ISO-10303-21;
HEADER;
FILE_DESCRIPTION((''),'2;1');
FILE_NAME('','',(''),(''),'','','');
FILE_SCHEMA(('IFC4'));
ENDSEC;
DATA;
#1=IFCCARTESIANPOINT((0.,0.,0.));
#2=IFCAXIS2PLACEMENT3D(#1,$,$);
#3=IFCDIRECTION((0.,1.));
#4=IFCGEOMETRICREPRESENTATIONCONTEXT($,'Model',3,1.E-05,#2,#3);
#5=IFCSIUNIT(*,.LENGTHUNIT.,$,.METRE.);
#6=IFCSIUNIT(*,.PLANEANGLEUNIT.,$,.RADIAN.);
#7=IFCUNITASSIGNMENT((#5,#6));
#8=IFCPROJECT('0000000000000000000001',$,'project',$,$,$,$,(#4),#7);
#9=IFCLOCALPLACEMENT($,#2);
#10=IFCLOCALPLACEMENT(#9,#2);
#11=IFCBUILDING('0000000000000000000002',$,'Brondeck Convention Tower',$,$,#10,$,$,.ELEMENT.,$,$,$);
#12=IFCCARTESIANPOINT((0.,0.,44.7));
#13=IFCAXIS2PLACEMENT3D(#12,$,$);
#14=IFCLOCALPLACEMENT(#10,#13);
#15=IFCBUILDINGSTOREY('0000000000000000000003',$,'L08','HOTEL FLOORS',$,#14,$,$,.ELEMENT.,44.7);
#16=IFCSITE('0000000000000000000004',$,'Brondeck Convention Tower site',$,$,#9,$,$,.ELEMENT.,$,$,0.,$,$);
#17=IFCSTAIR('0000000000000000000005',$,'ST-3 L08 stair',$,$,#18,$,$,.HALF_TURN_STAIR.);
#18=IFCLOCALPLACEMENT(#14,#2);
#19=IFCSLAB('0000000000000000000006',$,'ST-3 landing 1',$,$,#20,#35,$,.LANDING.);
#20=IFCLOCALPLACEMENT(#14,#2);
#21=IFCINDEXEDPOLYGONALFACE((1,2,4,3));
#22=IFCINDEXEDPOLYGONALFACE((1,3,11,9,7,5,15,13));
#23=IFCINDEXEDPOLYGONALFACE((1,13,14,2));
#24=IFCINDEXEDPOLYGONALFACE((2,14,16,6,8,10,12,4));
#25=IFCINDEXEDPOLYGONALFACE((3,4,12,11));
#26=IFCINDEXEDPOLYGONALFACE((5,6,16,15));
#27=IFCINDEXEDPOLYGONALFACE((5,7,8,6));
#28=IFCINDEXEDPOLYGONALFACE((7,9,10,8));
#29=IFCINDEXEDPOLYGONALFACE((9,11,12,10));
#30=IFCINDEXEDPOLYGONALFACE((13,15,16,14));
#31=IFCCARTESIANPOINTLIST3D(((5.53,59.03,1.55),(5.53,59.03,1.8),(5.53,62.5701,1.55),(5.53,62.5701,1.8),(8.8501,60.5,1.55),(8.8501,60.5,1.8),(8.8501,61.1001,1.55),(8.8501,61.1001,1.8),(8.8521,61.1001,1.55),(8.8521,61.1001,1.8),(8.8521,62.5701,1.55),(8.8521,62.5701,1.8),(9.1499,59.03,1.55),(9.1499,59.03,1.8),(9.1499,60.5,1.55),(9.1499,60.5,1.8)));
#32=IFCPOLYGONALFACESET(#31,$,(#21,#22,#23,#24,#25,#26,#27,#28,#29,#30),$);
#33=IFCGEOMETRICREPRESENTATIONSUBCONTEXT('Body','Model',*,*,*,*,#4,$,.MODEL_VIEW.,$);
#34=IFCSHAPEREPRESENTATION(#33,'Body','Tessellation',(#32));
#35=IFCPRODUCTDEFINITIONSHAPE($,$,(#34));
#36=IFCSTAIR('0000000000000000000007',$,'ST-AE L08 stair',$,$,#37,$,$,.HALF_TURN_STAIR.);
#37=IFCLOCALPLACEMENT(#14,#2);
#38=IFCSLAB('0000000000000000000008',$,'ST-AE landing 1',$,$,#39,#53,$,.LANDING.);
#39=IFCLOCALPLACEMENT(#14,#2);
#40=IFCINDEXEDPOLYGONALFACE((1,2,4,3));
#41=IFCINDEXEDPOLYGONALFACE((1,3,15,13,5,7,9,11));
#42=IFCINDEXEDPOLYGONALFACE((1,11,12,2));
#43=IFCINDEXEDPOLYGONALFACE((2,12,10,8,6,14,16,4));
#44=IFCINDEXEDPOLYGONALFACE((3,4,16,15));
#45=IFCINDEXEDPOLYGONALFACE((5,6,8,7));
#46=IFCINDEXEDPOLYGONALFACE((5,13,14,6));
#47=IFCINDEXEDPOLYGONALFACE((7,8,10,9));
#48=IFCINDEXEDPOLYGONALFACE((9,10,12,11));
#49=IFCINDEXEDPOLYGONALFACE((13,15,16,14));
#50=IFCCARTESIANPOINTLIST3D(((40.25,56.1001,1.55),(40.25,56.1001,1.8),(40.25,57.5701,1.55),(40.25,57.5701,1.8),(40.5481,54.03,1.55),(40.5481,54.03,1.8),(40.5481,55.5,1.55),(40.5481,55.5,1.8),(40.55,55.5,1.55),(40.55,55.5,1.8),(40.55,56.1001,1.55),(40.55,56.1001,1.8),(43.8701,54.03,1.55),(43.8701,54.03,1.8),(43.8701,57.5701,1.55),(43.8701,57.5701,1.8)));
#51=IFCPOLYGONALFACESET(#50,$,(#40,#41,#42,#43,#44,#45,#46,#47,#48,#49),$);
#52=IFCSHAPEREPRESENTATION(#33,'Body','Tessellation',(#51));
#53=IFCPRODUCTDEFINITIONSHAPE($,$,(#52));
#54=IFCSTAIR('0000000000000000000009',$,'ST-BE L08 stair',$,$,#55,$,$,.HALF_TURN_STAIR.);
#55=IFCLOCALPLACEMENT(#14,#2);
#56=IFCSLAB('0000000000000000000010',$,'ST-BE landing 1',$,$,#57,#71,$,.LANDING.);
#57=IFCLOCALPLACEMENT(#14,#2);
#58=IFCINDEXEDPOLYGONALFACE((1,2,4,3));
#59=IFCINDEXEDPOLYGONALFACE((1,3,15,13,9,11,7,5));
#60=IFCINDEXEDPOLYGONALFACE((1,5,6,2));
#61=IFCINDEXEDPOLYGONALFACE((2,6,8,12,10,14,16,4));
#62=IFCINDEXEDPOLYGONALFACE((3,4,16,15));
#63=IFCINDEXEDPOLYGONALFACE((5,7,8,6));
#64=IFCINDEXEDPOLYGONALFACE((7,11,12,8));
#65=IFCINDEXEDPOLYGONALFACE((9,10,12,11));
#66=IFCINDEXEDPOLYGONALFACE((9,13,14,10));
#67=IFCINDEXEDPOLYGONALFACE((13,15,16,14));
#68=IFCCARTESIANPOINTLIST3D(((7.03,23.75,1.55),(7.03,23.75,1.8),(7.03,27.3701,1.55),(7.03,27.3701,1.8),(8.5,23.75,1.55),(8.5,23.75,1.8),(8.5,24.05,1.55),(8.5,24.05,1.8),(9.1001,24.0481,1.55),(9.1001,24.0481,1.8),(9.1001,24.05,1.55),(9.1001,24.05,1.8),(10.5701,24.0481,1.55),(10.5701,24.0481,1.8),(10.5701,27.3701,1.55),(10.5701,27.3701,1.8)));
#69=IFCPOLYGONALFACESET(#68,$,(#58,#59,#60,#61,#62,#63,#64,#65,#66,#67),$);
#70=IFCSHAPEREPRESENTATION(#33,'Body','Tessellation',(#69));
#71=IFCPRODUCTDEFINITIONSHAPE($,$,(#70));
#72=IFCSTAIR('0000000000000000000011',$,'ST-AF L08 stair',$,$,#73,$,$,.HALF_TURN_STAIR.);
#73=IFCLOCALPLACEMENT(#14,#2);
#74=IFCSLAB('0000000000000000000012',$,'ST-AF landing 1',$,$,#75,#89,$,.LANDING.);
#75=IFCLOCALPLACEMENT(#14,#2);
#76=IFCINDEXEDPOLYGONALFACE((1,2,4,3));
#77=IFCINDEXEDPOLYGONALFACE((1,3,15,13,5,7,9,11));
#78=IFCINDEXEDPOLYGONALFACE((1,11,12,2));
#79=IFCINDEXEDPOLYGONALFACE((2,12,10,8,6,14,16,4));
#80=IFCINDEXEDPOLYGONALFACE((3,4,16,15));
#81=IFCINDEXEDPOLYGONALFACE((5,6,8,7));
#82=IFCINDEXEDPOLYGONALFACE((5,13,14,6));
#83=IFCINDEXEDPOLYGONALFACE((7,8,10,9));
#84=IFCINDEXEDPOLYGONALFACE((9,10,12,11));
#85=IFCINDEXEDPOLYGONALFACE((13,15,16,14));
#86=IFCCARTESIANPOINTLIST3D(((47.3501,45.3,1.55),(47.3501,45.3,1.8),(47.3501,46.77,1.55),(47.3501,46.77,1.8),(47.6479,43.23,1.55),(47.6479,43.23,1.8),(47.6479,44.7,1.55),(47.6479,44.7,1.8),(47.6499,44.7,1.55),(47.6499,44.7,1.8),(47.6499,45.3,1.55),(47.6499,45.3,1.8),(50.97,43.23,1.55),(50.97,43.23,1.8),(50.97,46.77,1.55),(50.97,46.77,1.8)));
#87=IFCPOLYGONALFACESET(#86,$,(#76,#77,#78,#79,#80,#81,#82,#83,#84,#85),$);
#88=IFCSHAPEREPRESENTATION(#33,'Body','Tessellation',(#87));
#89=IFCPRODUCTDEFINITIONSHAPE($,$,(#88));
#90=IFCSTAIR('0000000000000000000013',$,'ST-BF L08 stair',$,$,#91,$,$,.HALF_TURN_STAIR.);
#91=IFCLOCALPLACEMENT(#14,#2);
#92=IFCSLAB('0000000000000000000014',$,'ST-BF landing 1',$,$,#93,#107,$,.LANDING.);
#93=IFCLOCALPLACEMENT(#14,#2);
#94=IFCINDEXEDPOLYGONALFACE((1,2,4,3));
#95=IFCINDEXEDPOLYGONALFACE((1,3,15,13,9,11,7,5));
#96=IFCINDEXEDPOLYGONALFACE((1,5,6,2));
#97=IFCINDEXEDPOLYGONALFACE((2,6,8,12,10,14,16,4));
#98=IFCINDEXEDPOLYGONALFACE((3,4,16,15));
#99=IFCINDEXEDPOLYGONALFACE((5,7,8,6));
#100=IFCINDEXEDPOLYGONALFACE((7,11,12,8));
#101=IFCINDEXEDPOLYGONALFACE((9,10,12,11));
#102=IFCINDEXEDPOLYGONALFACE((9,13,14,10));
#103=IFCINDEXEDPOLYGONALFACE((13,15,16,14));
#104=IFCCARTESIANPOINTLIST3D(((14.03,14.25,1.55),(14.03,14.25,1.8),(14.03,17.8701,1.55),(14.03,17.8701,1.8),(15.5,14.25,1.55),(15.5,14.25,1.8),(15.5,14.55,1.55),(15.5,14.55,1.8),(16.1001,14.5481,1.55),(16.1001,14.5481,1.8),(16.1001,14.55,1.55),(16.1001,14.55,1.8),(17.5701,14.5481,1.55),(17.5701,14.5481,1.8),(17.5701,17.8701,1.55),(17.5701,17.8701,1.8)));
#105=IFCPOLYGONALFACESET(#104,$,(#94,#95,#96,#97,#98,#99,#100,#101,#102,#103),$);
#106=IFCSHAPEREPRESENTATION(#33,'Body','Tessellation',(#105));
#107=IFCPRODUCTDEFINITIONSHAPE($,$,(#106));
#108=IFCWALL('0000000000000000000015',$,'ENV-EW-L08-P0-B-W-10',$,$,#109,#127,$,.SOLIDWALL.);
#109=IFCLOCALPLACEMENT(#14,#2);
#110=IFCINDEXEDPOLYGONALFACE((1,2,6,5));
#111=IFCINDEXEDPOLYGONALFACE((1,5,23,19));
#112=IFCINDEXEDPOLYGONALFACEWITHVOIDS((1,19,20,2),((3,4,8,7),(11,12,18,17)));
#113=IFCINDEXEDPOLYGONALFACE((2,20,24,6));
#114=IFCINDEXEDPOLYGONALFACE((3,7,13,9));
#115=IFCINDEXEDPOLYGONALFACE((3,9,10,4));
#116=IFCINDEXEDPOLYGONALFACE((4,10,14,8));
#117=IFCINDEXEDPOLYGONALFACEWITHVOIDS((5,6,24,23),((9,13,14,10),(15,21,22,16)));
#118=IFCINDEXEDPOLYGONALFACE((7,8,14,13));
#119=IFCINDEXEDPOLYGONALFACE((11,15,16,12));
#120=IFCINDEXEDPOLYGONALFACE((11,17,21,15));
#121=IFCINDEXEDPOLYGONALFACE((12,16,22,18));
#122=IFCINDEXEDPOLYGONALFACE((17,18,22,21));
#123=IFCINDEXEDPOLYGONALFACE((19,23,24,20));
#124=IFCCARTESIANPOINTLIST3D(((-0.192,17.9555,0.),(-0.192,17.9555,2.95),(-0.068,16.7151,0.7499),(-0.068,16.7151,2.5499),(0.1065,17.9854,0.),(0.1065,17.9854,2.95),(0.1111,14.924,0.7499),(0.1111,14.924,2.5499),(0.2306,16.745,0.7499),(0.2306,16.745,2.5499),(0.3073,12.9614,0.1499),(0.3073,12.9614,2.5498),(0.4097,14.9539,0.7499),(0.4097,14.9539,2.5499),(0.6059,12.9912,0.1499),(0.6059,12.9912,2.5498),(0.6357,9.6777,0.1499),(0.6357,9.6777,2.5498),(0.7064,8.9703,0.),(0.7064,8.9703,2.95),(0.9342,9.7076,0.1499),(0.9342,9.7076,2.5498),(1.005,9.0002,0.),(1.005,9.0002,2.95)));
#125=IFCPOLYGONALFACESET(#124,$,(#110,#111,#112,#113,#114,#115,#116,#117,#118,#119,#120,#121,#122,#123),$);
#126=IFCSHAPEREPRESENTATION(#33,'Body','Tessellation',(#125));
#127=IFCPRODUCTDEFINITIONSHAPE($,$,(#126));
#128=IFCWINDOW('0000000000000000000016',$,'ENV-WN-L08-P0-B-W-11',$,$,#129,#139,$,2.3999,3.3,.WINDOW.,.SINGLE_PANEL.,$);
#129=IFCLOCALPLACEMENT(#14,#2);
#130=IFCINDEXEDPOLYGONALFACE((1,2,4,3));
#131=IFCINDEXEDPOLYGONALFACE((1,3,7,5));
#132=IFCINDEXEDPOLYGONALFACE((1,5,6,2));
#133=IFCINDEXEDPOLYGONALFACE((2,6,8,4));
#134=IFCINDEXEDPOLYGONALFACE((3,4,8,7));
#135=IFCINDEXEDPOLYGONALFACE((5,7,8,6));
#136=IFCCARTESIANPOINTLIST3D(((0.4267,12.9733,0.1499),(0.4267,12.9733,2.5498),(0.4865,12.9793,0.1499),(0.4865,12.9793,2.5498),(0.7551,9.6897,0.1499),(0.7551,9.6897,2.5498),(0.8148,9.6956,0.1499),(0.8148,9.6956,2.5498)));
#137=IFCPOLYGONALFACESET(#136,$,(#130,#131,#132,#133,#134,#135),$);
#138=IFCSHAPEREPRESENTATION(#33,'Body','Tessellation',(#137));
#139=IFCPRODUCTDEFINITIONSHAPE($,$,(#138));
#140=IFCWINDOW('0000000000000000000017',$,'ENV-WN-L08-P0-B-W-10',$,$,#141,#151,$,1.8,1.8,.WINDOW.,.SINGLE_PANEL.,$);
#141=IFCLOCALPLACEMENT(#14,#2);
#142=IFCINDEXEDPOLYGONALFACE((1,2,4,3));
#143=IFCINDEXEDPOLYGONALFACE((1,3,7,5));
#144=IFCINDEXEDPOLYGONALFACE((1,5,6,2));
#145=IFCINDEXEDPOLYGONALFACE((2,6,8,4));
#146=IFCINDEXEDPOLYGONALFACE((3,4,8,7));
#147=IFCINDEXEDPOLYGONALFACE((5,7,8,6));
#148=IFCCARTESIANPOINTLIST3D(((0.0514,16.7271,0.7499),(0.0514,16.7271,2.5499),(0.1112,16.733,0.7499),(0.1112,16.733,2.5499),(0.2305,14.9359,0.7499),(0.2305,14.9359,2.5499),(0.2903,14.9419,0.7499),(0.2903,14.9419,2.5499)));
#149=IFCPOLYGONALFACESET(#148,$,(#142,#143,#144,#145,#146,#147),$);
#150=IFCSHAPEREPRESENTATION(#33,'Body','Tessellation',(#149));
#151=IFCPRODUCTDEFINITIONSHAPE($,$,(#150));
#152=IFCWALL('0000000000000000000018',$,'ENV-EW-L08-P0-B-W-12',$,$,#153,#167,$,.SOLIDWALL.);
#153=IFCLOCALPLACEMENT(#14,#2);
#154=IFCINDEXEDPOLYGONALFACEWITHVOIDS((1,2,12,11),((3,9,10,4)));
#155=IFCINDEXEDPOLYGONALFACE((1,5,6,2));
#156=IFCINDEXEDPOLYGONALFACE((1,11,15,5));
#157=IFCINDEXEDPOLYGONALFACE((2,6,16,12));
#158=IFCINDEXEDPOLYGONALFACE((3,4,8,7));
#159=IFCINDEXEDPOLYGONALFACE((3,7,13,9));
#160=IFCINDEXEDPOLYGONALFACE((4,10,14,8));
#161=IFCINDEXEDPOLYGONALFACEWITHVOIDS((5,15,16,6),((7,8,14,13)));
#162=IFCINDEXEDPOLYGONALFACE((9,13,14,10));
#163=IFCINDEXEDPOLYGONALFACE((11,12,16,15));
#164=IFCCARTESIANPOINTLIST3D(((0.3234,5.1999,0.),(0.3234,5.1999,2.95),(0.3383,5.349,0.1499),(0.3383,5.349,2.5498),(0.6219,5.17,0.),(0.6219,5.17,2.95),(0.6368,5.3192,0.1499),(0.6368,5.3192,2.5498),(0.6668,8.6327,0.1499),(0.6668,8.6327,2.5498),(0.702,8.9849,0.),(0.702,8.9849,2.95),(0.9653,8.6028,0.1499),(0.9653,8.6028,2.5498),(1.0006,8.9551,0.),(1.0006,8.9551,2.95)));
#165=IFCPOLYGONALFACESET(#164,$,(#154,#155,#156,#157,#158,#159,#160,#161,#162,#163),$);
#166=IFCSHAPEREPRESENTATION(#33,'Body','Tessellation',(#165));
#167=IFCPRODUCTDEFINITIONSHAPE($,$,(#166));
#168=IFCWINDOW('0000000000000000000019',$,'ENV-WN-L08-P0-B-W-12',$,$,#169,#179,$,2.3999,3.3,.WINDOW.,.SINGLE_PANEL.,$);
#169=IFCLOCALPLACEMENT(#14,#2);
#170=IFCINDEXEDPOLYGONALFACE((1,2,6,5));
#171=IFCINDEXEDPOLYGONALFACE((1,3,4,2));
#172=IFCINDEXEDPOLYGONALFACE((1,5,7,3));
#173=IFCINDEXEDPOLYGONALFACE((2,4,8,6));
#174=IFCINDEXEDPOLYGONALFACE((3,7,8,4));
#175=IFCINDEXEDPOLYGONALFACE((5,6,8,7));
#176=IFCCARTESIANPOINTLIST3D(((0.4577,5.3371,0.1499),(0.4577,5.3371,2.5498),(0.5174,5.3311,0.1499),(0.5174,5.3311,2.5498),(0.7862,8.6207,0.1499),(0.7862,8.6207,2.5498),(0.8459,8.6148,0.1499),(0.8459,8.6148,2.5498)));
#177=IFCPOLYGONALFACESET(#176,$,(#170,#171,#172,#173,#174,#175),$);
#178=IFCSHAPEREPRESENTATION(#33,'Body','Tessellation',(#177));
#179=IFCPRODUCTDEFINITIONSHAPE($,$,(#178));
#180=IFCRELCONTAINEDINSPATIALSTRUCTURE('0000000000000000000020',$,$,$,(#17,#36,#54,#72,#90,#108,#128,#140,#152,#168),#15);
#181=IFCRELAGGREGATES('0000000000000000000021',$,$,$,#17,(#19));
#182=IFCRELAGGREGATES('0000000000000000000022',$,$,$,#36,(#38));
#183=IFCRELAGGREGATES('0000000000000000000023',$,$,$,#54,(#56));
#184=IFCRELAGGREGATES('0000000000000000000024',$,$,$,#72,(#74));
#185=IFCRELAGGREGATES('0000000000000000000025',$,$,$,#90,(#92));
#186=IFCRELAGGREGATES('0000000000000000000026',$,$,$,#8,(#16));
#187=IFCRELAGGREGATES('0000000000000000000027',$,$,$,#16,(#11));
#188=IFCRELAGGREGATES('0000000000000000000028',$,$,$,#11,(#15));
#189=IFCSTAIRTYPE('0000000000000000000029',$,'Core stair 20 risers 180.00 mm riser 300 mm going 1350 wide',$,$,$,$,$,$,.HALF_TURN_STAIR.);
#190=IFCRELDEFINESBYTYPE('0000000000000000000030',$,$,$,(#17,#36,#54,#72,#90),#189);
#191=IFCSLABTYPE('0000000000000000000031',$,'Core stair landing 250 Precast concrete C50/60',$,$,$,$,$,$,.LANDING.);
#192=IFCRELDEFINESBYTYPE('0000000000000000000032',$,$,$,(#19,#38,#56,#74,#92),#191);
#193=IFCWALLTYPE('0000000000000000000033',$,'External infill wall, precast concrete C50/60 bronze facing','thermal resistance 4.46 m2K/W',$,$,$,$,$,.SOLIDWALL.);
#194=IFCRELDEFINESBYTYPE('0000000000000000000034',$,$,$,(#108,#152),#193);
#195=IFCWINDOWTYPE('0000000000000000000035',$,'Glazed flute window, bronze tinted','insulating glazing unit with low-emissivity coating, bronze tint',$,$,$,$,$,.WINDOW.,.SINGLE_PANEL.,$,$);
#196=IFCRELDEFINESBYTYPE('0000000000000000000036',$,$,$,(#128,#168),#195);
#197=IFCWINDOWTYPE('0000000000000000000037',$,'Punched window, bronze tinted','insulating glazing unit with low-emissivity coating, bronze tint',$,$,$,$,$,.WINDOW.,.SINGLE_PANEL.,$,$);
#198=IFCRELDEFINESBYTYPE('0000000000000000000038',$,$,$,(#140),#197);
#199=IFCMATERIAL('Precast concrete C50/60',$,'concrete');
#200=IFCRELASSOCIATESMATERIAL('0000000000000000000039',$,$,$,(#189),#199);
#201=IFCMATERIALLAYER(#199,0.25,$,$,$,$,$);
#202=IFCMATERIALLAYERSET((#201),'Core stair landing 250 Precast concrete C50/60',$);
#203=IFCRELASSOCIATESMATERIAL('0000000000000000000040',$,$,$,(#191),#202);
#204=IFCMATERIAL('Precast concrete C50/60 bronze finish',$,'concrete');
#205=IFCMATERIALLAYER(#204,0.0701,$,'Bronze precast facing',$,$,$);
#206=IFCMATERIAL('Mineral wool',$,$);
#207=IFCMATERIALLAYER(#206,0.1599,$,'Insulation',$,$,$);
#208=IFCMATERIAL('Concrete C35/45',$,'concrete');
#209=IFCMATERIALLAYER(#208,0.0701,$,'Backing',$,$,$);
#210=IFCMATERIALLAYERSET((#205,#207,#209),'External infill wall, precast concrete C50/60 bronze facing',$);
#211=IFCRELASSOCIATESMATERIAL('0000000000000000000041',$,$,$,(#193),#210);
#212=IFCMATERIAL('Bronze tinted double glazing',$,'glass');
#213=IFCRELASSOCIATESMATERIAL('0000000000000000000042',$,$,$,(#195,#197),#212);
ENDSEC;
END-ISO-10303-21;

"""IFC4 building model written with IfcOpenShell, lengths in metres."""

from ifc_helpers import new_model, si_unit, direction, frame, frame_2d, origin, place, context, subcontext, project, spatial, polyline, rectangle, outline, extrude, material, layer, layer_set, type_object, element, fill, aggregate, save


model = new_model("IFC4")

# Units and contexts
model_context = context("Model", 3, precision=1e-05, world=origin(), true_north=direction((0.0, 1.0)))
body_context = subcontext(model_context, "Body", "Model", "MODEL_VIEW")
ifc_project = project(units=[si_unit("LENGTHUNIT", "METRE"), si_unit("PLANEANGLEUNIT", "RADIAN")], contexts=[model_context])

# Site, building, storey
site_placement = place(None, origin())
site = spatial("IfcSite", under=ifc_project, at=site_placement, Name="Brondeck Convention Tower site", CompositionType="ELEMENT", RefElevation=0.0)
building_placement = place(site_placement, origin())
building = spatial("IfcBuilding", under=site, at=building_placement, Name="Brondeck Convention Tower", CompositionType="ELEMENT")
storey_placement = place(building_placement, frame((0.0, 0.0, 44.7)))
storey = spatial("IfcBuildingStorey", under=building, at=storey_placement, Name="L08", Description="HOTEL FLOORS", CompositionType="ELEMENT", Elevation=44.7)

# Shared definitions
ifc_material_1 = material(Name="Concrete C35/45", Category="concrete")

# Stairs, slabs
ifc_material_2 = material(Name="Precast concrete C50/60", Category="concrete")
stair_type = type_object("IfcStairType", Name="Core stair 20 risers 180.00 mm riser 300 mm going 1350 wide", PredefinedType="HALF_TURN_STAIR", material=ifc_material_2)
ifc_layer_1 = layer(ifc_material_2, 0.25)
ifc_layer_set_1 = layer_set([ifc_layer_1], Name="Core stair landing 250 Precast concrete C50/60")
slab_type_1 = type_object("IfcSlabType", Name="Core stair landing 250 Precast concrete C50/60", PredefinedType="LANDING", material=ifc_layer_set_1)
stair_1_placement = place(storey_placement, origin())
stair_1 = element("IfcStair", 1, at=stair_1_placement, inside=storey, type_object=stair_type, Name="ST-3 L08 stair", PredefinedType="HALF_TURN_STAIR")
slab_1_placement = place(storey_placement, frame((0.0, 0.0, 1.55)))
slab_1 = element("IfcSlab", 2, at=slab_1_placement, type_object=slab_type_1, Name="ST-3 landing 1", PredefinedType="LANDING", context=body_context, shape_type="SweptSolid", body=[
    extrude(outline(polyline([(9.1499, 60.5), (9.1499, 59.03), (5.53, 59.03), (5.53, 62.5701), (8.8521, 62.5701), (8.8521, 61.1001), (8.8501, 61.1001), (8.8501, 60.5), (9.1499, 60.5)])), origin(), (0.0, 0.0, 1.0), 0.25),
])
aggregate(stair_1, [slab_1])
stair_2_placement = place(storey_placement, origin())
stair_2 = element("IfcStair", 3, at=stair_2_placement, inside=storey, type_object=stair_type, Name="ST-AE L08 stair", PredefinedType="HALF_TURN_STAIR")
slab_2_placement = place(storey_placement, frame((0.0, 0.0, 1.55)))
slab_2 = element("IfcSlab", 4, at=slab_2_placement, type_object=slab_type_1, Name="ST-AE landing 1", PredefinedType="LANDING", context=body_context, shape_type="SweptSolid", body=[
    extrude(outline(polyline([(40.5481, 55.5), (40.55, 55.5), (40.55, 56.1001), (40.25, 56.1001), (40.25, 57.5701), (43.8701, 57.5701), (43.8701, 54.03), (40.5481, 54.03), (40.5481, 55.5)])), origin(), (0.0, 0.0, 1.0), 0.25),
])
aggregate(stair_2, [slab_2])
stair_3_placement = place(storey_placement, origin())
stair_3 = element("IfcStair", 5, at=stair_3_placement, inside=storey, type_object=stair_type, Name="ST-BE L08 stair", PredefinedType="HALF_TURN_STAIR")
slab_3_placement = place(storey_placement, frame((0.0, 0.0, 1.55)))
slab_3 = element("IfcSlab", 6, at=slab_3_placement, type_object=slab_type_1, Name="ST-BE landing 1", PredefinedType="LANDING", context=body_context, shape_type="SweptSolid", body=[
    extrude(outline(polyline([(7.03, 23.75), (7.03, 27.3701), (10.5701, 27.3701), (10.5701, 24.0481), (9.1001, 24.0481), (9.1001, 24.05), (8.5, 24.05), (8.5, 23.75), (7.03, 23.75)])), origin(), (0.0, 0.0, 1.0), 0.25),
])
aggregate(stair_3, [slab_3])
stair_4_placement = place(storey_placement, origin())
stair_4 = element("IfcStair", 7, at=stair_4_placement, inside=storey, type_object=stair_type, Name="ST-AF L08 stair", PredefinedType="HALF_TURN_STAIR")
slab_4_placement = place(storey_placement, frame((0.0, 0.0, 1.55)))
slab_4 = element("IfcSlab", 8, at=slab_4_placement, type_object=slab_type_1, Name="ST-AF landing 1", PredefinedType="LANDING", context=body_context, shape_type="SweptSolid", body=[
    extrude(outline(polyline([(47.6479, 44.7), (47.6499, 44.7), (47.6499, 45.3), (47.3501, 45.3), (47.3501, 46.77), (50.97, 46.77), (50.97, 43.23), (47.6479, 43.23), (47.6479, 44.7)])), origin(), (0.0, 0.0, 1.0), 0.25),
])
aggregate(stair_4, [slab_4])
stair_5_placement = place(storey_placement, origin())
stair_5 = element("IfcStair", 9, at=stair_5_placement, inside=storey, type_object=stair_type, Name="ST-BF L08 stair", PredefinedType="HALF_TURN_STAIR")
slab_5_placement = place(storey_placement, frame((0.0, 0.0, 1.55)))
slab_5 = element("IfcSlab", 10, at=slab_5_placement, type_object=slab_type_1, Name="ST-BF landing 1", PredefinedType="LANDING", context=body_context, shape_type="SweptSolid", body=[
    extrude(outline(polyline([(14.03, 14.25), (14.03, 17.8701), (17.5701, 17.8701), (17.5701, 14.5481), (16.1001, 14.5481), (16.1001, 14.55), (15.5, 14.55), (15.5, 14.25), (14.03, 14.25)])), origin(), (0.0, 0.0, 1.0), 0.25),
])
aggregate(stair_5, [slab_5])

# Wall, openings, windows
ifc_material_3 = material(Name="Precast concrete C50/60 bronze finish", Category="concrete")
ifc_layer_2 = layer(ifc_material_3, 0.0701, Name="Bronze precast facing")
ifc_material_4 = material(Name="Mineral wool")
ifc_layer_3 = layer(ifc_material_4, 0.1599, Name="Insulation")
ifc_layer_4 = layer(ifc_material_1, 0.0701, Name="Backing")
ifc_layer_set_2 = layer_set([ifc_layer_2, ifc_layer_3, ifc_layer_4], Name="External infill wall, precast concrete C50/60 bronze facing")
wall_type_1 = type_object("IfcWallType", Name="External infill wall, precast concrete C50/60 bronze facing", Description="thermal resistance 4.46 m2K/W", PredefinedType="SOLIDWALL", material=ifc_layer_set_2)
wall_1_placement = place(storey_placement, frame((0.8557, 8.9851, 0.0), z_axis=(0.0, 0.0, 1.0), x_axis=(-0.099496, 0.995038, 0.0)))
wall_1 = element("IfcWall", 11, at=wall_1_placement, inside=storey, type_object=wall_type_1, Name="ENV-EW-L08-P0-B-W-10", PredefinedType="SOLIDWALL", context=body_context, shape_type="SweptSolid", body=[
    extrude(rectangle(XDim=9.03, YDim=0.3, at=frame_2d((4.5151, 0.0))), origin(), (0.0, 0.0, 1.0), 2.95),
])
opening_1_placement = place(wall_1_placement, frame((0.7112, 0.0, 0.1499)))
opening_1 = element("IfcOpeningElement", 12, at=opening_1_placement, cuts=wall_1, PredefinedType="OPENING", context=body_context, shape_type="SweptSolid", body=[
    extrude(rectangle(XDim=3.3, YDim=2.3999, at=frame_2d((1.6499, 1.2))), frame((0.0, 0.1599, 0.0), z_axis=(0.0, -1.0, 0.0), x_axis=(1.0, 0.0, 0.0)), (0.0, 0.0, 1.0), 0.3201),
])
opening_2_placement = place(wall_1_placement, frame((5.9836, 0.0, 0.75)))
opening_2 = element("IfcOpeningElement", 13, at=opening_2_placement, cuts=wall_1, PredefinedType="OPENING", context=body_context, shape_type="SweptSolid", body=[
    extrude(rectangle(XDim=1.8, YDim=1.8, at=frame_2d((0.8999, 0.8999))), frame((0.0, 0.1599, 0.0), z_axis=(0.0, -1.0, 0.0), x_axis=(1.0, 0.0, 0.0)), (0.0, 0.0, 1.0), 0.3201),
])
ifc_material_5 = material(Name="Bronze tinted double glazing", Category="glass")
window_type_1 = type_object("IfcWindowType", Name="Glazed flute window, bronze tinted", Description="insulating glazing unit with low-emissivity coating, bronze tint", PartitioningType="SINGLE_PANEL", PredefinedType="WINDOW", material=ifc_material_5)
window_1_placement = place(opening_1_placement, origin())
window_1 = element("IfcWindow", 14, at=window_1_placement, inside=storey, type_object=window_type_1, Name="ENV-WN-L08-P0-B-W-11", OverallHeight=2.3999, OverallWidth=3.3, PartitioningType="SINGLE_PANEL", PredefinedType="WINDOW", context=body_context, shape_type="SweptSolid", body=[
    extrude(rectangle(XDim=3.3, YDim=2.3999, at=frame_2d((1.6499, 1.2))), frame((0.0, 0.03, 0.0), z_axis=(0.0, -1.0, 0.0), x_axis=(1.0, 0.0, 0.0)), (0.0, 0.0, 1.0), 0.0601),
])
fill(opening_1, window_1)
window_type_2 = type_object("IfcWindowType", Name="Punched window, bronze tinted", Description="insulating glazing unit with low-emissivity coating, bronze tint", PartitioningType="SINGLE_PANEL", PredefinedType="WINDOW", material=ifc_material_5)
window_2_placement = place(opening_2_placement, origin())
window_2 = element("IfcWindow", 15, at=window_2_placement, inside=storey, type_object=window_type_2, Name="ENV-WN-L08-P0-B-W-10", OverallHeight=1.8, OverallWidth=1.8, PartitioningType="SINGLE_PANEL", PredefinedType="WINDOW", context=body_context, shape_type="SweptSolid", body=[
    extrude(rectangle(XDim=1.8, YDim=1.8, at=frame_2d((0.8999, 0.8999))), frame((0.0, 0.03, 0.0), z_axis=(0.0, -1.0, 0.0), x_axis=(1.0, 0.0, 0.0)), (0.0, 0.0, 1.0), 0.0601),
])
fill(opening_2, window_2)

# Wall, opening, window
wall_2_placement = place(storey_placement, frame((0.4727, 5.1851, 0.0), z_axis=(0.0, 0.0, 1.0), x_axis=(0.099542, 0.995033, 0.0)))
wall_2 = element("IfcWall", 16, at=wall_2_placement, inside=storey, type_object=wall_type_1, Name="ENV-EW-L08-P0-B-W-12", PredefinedType="SOLIDWALL", context=body_context, shape_type="SweptSolid", body=[
    extrude(rectangle(XDim=3.804, YDim=0.3, at=frame_2d((1.9019, 0.0))), origin(), (0.0, 0.0, 1.0), 2.95),
])
opening_3_placement = place(wall_2_placement, frame((0.1499, 0.0, 0.1499)))
opening_3 = element("IfcOpeningElement", 17, at=opening_3_placement, cuts=wall_2, PredefinedType="OPENING", context=body_context, shape_type="SweptSolid", body=[
    extrude(rectangle(XDim=3.3, YDim=2.3999, at=frame_2d((1.6499, 1.2))), frame((0.0, 0.1599, 0.0), z_axis=(0.0, -1.0, 0.0), x_axis=(1.0, 0.0, 0.0)), (0.0, 0.0, 1.0), 0.3201),
])
window_3_placement = place(opening_3_placement, origin())
window_3 = element("IfcWindow", 18, at=window_3_placement, inside=storey, type_object=window_type_1, Name="ENV-WN-L08-P0-B-W-12", OverallHeight=2.3999, OverallWidth=3.3, PartitioningType="SINGLE_PANEL", PredefinedType="WINDOW", context=body_context, shape_type="SweptSolid", body=[
    extrude(rectangle(XDim=3.3, YDim=2.3999, at=frame_2d((1.6499, 1.2))), frame((0.0, 0.03, 0.0), z_axis=(0.0, -1.0, 0.0), x_axis=(1.0, 0.0, 0.0)), (0.0, 0.0, 1.0), 0.0601),
])
fill(opening_3, window_3)

save(model, "model.ifc")
